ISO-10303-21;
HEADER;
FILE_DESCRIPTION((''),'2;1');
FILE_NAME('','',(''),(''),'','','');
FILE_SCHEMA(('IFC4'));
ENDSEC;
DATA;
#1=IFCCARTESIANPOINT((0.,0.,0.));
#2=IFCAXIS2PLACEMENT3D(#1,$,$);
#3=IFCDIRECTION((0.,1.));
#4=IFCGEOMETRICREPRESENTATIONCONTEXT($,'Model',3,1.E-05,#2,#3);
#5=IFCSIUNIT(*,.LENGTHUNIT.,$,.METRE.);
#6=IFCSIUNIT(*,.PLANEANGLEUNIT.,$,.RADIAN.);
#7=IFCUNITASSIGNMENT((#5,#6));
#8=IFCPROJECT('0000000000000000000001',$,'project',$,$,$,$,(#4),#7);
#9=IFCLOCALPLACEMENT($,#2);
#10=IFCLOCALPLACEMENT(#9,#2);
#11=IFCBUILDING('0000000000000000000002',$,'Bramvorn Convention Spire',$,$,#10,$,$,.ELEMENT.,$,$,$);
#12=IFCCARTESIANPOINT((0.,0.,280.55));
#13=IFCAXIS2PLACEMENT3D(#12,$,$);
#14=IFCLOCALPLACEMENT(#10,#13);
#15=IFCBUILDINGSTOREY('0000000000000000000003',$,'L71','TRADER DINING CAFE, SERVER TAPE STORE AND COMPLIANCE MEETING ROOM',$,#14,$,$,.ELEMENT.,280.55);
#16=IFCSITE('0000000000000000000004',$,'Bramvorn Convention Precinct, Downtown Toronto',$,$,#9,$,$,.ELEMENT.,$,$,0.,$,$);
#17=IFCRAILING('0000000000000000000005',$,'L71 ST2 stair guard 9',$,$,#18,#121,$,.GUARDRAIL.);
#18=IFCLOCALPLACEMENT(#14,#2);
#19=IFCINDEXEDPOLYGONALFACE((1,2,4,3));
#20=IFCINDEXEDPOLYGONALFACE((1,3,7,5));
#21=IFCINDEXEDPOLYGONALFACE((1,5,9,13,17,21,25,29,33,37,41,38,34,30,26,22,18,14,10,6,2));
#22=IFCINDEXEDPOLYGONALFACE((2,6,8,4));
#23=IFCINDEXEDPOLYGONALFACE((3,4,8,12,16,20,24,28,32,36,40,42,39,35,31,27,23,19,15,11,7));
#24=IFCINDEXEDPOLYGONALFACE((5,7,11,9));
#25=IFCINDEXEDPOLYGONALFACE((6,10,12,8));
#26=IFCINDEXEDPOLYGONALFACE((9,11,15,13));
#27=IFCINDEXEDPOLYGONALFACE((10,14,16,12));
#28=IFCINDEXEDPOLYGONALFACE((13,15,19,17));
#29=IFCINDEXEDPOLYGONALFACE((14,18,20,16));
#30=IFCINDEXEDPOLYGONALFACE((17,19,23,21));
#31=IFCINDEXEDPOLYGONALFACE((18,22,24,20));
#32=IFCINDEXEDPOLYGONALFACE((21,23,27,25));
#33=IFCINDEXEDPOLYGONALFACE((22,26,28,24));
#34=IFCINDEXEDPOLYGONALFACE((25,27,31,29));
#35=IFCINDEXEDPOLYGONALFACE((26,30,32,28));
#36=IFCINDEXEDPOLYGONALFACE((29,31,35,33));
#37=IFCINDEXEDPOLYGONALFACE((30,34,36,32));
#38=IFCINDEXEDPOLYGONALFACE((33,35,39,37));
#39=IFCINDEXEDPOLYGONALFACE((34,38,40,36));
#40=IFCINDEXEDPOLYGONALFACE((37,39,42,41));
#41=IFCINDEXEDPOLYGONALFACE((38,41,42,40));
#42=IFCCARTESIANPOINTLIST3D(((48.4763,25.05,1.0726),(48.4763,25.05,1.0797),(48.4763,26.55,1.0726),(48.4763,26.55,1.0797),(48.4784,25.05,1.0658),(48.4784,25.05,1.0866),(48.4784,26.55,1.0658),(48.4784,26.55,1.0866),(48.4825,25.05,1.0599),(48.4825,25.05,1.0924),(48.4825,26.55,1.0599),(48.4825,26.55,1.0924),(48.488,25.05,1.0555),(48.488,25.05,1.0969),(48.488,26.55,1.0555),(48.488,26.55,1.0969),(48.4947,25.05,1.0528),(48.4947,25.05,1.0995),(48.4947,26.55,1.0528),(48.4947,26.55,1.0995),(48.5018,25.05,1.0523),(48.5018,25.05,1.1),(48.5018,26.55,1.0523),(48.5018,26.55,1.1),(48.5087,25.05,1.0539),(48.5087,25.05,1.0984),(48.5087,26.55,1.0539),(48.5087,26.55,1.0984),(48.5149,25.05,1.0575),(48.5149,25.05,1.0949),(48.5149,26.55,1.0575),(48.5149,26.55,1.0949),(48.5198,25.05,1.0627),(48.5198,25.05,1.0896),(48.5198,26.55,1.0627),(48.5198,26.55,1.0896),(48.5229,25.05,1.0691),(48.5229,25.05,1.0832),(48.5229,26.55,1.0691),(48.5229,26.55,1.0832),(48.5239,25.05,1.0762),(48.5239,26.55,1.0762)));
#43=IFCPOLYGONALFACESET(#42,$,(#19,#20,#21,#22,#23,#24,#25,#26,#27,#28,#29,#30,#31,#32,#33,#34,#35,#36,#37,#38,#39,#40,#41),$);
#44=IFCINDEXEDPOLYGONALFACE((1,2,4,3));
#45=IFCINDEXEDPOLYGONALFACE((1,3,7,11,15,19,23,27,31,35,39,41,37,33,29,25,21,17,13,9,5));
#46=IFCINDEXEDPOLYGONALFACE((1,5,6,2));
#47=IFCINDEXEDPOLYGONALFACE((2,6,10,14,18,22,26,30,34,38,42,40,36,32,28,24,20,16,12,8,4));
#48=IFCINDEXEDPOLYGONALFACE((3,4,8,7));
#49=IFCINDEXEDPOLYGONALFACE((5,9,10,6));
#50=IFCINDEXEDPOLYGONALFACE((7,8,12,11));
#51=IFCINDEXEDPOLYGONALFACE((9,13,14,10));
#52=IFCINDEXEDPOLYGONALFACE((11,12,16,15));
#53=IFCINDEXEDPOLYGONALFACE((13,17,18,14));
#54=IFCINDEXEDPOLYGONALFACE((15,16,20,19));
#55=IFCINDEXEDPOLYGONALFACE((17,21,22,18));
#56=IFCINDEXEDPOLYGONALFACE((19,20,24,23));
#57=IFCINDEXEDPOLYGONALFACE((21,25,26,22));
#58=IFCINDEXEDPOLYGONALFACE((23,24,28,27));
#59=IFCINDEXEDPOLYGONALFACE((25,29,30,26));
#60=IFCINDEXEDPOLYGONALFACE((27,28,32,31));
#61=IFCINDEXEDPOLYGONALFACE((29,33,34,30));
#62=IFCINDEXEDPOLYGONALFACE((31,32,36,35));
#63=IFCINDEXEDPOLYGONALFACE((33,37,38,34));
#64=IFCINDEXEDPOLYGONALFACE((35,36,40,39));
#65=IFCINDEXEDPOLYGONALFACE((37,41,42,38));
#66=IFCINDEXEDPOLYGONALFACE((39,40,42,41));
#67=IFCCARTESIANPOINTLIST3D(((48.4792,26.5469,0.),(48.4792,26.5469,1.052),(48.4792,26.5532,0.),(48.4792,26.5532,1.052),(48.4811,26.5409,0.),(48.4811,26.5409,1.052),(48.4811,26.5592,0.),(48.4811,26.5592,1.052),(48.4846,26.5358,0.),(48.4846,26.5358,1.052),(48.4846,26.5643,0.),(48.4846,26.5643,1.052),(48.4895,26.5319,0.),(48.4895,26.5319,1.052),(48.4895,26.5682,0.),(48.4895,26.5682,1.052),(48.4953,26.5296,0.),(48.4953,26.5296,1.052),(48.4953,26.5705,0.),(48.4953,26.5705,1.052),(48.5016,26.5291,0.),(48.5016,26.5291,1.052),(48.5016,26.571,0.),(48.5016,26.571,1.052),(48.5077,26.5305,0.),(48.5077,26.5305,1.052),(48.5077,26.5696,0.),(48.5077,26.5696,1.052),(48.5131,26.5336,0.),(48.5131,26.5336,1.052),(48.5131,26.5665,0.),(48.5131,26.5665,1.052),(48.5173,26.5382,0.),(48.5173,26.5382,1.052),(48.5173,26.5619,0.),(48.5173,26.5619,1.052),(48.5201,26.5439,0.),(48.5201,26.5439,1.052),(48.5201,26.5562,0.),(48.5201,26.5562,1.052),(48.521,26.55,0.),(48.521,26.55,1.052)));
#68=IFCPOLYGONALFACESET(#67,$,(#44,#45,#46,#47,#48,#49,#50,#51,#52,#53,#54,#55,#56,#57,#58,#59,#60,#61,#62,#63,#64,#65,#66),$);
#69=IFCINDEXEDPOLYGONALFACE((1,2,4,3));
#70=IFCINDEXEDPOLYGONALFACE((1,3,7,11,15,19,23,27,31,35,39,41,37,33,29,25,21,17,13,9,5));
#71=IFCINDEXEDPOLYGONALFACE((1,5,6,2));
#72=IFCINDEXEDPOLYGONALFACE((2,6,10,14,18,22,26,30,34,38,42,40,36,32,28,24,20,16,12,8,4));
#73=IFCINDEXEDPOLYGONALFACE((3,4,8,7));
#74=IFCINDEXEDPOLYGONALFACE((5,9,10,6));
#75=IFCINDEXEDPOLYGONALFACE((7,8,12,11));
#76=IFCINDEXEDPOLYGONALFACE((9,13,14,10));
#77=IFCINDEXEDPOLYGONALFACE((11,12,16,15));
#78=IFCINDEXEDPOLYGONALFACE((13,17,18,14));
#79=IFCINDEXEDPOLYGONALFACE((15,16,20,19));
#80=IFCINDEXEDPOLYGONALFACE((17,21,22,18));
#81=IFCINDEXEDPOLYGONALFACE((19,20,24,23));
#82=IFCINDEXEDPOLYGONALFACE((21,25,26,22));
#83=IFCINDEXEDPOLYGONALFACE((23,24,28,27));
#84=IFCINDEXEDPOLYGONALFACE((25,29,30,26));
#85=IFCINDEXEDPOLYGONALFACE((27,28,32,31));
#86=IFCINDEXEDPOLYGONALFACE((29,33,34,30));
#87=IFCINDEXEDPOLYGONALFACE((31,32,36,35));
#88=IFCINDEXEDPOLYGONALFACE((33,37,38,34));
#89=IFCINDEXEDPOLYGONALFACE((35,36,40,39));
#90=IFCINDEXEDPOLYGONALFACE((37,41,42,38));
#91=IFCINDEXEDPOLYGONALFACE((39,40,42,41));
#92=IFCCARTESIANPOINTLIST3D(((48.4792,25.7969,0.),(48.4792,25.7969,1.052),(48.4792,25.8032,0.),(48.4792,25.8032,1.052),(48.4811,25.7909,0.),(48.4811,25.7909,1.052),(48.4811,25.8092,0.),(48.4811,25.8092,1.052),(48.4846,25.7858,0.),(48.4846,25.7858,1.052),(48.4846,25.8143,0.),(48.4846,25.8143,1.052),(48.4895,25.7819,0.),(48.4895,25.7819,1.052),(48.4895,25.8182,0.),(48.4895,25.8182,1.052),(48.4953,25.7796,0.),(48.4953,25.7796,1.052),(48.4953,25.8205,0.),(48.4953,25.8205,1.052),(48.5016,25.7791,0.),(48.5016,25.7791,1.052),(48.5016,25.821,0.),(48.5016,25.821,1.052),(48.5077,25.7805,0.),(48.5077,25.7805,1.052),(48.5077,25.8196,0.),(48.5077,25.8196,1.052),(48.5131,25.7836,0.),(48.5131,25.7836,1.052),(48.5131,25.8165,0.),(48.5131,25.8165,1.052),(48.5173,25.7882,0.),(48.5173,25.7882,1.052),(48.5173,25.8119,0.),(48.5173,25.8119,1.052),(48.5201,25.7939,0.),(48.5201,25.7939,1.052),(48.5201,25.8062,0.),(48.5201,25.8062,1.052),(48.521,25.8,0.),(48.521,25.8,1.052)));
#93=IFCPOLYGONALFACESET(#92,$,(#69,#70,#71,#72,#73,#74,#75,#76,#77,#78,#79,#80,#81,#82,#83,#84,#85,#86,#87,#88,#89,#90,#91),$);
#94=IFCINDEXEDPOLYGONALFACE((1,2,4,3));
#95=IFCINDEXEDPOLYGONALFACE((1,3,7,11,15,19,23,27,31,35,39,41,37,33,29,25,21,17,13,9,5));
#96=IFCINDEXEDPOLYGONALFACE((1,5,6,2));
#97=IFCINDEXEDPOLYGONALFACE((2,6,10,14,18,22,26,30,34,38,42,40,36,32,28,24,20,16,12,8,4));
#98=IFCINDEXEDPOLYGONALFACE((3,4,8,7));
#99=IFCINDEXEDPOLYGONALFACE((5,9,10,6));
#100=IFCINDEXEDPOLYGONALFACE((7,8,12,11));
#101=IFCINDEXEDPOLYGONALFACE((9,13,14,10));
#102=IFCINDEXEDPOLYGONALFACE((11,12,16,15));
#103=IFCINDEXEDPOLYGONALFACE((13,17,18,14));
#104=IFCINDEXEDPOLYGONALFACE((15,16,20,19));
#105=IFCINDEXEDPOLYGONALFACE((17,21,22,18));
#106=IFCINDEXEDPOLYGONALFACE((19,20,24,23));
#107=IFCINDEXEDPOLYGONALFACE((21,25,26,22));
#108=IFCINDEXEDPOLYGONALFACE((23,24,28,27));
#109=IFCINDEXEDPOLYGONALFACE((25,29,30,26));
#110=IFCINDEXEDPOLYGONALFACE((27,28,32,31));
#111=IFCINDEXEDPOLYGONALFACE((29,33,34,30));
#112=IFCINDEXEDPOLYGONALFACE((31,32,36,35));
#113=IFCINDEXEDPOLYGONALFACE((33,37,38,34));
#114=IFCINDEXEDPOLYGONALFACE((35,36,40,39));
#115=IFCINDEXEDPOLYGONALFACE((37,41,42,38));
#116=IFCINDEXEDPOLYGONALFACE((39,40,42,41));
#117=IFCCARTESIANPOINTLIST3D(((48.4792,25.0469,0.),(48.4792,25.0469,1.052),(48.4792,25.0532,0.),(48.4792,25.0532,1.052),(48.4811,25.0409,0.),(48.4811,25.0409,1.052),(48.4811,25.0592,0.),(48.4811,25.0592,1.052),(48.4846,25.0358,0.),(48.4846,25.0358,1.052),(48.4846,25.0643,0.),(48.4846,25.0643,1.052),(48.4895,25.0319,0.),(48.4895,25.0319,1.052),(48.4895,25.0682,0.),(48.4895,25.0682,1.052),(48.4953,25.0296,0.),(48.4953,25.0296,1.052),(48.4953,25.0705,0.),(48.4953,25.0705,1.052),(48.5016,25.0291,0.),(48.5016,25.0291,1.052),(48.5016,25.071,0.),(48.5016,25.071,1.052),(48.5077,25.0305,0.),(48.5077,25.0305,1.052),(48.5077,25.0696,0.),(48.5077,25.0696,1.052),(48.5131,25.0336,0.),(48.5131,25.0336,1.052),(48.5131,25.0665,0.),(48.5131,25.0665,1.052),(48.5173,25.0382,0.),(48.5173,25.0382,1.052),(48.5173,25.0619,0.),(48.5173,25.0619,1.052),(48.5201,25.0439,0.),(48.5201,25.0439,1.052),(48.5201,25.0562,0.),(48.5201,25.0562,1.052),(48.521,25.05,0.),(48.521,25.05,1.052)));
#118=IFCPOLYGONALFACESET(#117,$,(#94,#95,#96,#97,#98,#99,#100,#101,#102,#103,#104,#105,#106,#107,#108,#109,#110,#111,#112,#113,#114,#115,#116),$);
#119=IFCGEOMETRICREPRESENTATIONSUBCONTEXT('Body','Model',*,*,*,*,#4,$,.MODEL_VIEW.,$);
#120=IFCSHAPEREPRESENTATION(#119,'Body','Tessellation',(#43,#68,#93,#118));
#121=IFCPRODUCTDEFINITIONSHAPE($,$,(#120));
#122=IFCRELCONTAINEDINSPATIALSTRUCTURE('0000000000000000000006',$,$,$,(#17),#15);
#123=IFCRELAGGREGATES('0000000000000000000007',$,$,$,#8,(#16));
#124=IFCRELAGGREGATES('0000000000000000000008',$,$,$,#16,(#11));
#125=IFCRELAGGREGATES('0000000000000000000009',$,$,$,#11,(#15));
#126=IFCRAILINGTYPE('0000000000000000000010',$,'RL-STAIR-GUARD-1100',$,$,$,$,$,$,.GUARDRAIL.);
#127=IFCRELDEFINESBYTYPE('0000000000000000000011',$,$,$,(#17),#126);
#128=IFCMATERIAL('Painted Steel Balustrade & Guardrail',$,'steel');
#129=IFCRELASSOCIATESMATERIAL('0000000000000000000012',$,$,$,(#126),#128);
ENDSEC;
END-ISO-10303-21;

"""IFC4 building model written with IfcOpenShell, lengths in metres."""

from ifc_helpers import new_model, si_unit, direction, frame, origin, origin_2d, place, context, subcontext, project, spatial, circle, extrude, material, type_object, element, save


model = new_model("IFC4")

# Units and contexts
model_context = context("Model", 3, precision=1e-05, world=origin(), true_north=direction((0.0, 1.0)))
body_context = subcontext(model_context, "Body", "Model", "MODEL_VIEW")
ifc_project = project(units=[si_unit("LENGTHUNIT", "METRE"), si_unit("PLANEANGLEUNIT", "RADIAN")], contexts=[model_context])

# Site, building, storey
site_placement = place(None, origin())
site = spatial("IfcSite", under=ifc_project, at=site_placement, Name="Bramvorn Convention Precinct, Downtown Toronto", CompositionType="ELEMENT", RefElevation=0.0)
building_placement = place(site_placement, origin())
building = spatial("IfcBuilding", under=site, at=building_placement, Name="Bramvorn Convention Spire", CompositionType="ELEMENT")
storey_placement = place(building_placement, frame((0.0, 0.0, 280.55)))
storey = spatial("IfcBuildingStorey", under=building, at=storey_placement, Name="L71", Description="TRADER DINING CAFE, SERVER TAPE STORE AND COMPLIANCE MEETING ROOM", CompositionType="ELEMENT", Elevation=280.55)

# Railing
ifc_material_1 = material(Name="Painted Steel Balustrade & Guardrail", Category="steel")
railing_type = type_object("IfcRailingType", Name="RL-STAIR-GUARD-1100", PredefinedType="GUARDRAIL", material=ifc_material_1)
railing_1_placement = place(storey_placement, frame((48.5, 26.55, 0.0)))
element("IfcRailing", 1, at=railing_1_placement, inside=storey, type_object=railing_type, Name="L71 ST2 stair guard 9", PredefinedType="GUARDRAIL", context=body_context, shape_type="SweptSolid", body=[
    extrude(circle(Radius=0.0239, at=origin_2d()), frame((0.0, 0.0, 1.0762), z_axis=(0.0, -1.0, 0.0), x_axis=(1.0, 0.0, 0.0)), (0.0, 0.0, 1.0), 1.5),
    extrude(circle(Radius=0.021, at=origin_2d()), origin(), (0.0, 0.0, 1.0), 1.052),
    extrude(circle(Radius=0.021, at=origin_2d()), frame((0.0, -0.75, 0.0)), (0.0, 0.0, 1.0), 1.052),
    extrude(circle(Radius=0.021, at=origin_2d()), frame((0.0, -1.5, 0.0)), (0.0, 0.0, 1.0), 1.052),
])

save(model, "model.ifc")
